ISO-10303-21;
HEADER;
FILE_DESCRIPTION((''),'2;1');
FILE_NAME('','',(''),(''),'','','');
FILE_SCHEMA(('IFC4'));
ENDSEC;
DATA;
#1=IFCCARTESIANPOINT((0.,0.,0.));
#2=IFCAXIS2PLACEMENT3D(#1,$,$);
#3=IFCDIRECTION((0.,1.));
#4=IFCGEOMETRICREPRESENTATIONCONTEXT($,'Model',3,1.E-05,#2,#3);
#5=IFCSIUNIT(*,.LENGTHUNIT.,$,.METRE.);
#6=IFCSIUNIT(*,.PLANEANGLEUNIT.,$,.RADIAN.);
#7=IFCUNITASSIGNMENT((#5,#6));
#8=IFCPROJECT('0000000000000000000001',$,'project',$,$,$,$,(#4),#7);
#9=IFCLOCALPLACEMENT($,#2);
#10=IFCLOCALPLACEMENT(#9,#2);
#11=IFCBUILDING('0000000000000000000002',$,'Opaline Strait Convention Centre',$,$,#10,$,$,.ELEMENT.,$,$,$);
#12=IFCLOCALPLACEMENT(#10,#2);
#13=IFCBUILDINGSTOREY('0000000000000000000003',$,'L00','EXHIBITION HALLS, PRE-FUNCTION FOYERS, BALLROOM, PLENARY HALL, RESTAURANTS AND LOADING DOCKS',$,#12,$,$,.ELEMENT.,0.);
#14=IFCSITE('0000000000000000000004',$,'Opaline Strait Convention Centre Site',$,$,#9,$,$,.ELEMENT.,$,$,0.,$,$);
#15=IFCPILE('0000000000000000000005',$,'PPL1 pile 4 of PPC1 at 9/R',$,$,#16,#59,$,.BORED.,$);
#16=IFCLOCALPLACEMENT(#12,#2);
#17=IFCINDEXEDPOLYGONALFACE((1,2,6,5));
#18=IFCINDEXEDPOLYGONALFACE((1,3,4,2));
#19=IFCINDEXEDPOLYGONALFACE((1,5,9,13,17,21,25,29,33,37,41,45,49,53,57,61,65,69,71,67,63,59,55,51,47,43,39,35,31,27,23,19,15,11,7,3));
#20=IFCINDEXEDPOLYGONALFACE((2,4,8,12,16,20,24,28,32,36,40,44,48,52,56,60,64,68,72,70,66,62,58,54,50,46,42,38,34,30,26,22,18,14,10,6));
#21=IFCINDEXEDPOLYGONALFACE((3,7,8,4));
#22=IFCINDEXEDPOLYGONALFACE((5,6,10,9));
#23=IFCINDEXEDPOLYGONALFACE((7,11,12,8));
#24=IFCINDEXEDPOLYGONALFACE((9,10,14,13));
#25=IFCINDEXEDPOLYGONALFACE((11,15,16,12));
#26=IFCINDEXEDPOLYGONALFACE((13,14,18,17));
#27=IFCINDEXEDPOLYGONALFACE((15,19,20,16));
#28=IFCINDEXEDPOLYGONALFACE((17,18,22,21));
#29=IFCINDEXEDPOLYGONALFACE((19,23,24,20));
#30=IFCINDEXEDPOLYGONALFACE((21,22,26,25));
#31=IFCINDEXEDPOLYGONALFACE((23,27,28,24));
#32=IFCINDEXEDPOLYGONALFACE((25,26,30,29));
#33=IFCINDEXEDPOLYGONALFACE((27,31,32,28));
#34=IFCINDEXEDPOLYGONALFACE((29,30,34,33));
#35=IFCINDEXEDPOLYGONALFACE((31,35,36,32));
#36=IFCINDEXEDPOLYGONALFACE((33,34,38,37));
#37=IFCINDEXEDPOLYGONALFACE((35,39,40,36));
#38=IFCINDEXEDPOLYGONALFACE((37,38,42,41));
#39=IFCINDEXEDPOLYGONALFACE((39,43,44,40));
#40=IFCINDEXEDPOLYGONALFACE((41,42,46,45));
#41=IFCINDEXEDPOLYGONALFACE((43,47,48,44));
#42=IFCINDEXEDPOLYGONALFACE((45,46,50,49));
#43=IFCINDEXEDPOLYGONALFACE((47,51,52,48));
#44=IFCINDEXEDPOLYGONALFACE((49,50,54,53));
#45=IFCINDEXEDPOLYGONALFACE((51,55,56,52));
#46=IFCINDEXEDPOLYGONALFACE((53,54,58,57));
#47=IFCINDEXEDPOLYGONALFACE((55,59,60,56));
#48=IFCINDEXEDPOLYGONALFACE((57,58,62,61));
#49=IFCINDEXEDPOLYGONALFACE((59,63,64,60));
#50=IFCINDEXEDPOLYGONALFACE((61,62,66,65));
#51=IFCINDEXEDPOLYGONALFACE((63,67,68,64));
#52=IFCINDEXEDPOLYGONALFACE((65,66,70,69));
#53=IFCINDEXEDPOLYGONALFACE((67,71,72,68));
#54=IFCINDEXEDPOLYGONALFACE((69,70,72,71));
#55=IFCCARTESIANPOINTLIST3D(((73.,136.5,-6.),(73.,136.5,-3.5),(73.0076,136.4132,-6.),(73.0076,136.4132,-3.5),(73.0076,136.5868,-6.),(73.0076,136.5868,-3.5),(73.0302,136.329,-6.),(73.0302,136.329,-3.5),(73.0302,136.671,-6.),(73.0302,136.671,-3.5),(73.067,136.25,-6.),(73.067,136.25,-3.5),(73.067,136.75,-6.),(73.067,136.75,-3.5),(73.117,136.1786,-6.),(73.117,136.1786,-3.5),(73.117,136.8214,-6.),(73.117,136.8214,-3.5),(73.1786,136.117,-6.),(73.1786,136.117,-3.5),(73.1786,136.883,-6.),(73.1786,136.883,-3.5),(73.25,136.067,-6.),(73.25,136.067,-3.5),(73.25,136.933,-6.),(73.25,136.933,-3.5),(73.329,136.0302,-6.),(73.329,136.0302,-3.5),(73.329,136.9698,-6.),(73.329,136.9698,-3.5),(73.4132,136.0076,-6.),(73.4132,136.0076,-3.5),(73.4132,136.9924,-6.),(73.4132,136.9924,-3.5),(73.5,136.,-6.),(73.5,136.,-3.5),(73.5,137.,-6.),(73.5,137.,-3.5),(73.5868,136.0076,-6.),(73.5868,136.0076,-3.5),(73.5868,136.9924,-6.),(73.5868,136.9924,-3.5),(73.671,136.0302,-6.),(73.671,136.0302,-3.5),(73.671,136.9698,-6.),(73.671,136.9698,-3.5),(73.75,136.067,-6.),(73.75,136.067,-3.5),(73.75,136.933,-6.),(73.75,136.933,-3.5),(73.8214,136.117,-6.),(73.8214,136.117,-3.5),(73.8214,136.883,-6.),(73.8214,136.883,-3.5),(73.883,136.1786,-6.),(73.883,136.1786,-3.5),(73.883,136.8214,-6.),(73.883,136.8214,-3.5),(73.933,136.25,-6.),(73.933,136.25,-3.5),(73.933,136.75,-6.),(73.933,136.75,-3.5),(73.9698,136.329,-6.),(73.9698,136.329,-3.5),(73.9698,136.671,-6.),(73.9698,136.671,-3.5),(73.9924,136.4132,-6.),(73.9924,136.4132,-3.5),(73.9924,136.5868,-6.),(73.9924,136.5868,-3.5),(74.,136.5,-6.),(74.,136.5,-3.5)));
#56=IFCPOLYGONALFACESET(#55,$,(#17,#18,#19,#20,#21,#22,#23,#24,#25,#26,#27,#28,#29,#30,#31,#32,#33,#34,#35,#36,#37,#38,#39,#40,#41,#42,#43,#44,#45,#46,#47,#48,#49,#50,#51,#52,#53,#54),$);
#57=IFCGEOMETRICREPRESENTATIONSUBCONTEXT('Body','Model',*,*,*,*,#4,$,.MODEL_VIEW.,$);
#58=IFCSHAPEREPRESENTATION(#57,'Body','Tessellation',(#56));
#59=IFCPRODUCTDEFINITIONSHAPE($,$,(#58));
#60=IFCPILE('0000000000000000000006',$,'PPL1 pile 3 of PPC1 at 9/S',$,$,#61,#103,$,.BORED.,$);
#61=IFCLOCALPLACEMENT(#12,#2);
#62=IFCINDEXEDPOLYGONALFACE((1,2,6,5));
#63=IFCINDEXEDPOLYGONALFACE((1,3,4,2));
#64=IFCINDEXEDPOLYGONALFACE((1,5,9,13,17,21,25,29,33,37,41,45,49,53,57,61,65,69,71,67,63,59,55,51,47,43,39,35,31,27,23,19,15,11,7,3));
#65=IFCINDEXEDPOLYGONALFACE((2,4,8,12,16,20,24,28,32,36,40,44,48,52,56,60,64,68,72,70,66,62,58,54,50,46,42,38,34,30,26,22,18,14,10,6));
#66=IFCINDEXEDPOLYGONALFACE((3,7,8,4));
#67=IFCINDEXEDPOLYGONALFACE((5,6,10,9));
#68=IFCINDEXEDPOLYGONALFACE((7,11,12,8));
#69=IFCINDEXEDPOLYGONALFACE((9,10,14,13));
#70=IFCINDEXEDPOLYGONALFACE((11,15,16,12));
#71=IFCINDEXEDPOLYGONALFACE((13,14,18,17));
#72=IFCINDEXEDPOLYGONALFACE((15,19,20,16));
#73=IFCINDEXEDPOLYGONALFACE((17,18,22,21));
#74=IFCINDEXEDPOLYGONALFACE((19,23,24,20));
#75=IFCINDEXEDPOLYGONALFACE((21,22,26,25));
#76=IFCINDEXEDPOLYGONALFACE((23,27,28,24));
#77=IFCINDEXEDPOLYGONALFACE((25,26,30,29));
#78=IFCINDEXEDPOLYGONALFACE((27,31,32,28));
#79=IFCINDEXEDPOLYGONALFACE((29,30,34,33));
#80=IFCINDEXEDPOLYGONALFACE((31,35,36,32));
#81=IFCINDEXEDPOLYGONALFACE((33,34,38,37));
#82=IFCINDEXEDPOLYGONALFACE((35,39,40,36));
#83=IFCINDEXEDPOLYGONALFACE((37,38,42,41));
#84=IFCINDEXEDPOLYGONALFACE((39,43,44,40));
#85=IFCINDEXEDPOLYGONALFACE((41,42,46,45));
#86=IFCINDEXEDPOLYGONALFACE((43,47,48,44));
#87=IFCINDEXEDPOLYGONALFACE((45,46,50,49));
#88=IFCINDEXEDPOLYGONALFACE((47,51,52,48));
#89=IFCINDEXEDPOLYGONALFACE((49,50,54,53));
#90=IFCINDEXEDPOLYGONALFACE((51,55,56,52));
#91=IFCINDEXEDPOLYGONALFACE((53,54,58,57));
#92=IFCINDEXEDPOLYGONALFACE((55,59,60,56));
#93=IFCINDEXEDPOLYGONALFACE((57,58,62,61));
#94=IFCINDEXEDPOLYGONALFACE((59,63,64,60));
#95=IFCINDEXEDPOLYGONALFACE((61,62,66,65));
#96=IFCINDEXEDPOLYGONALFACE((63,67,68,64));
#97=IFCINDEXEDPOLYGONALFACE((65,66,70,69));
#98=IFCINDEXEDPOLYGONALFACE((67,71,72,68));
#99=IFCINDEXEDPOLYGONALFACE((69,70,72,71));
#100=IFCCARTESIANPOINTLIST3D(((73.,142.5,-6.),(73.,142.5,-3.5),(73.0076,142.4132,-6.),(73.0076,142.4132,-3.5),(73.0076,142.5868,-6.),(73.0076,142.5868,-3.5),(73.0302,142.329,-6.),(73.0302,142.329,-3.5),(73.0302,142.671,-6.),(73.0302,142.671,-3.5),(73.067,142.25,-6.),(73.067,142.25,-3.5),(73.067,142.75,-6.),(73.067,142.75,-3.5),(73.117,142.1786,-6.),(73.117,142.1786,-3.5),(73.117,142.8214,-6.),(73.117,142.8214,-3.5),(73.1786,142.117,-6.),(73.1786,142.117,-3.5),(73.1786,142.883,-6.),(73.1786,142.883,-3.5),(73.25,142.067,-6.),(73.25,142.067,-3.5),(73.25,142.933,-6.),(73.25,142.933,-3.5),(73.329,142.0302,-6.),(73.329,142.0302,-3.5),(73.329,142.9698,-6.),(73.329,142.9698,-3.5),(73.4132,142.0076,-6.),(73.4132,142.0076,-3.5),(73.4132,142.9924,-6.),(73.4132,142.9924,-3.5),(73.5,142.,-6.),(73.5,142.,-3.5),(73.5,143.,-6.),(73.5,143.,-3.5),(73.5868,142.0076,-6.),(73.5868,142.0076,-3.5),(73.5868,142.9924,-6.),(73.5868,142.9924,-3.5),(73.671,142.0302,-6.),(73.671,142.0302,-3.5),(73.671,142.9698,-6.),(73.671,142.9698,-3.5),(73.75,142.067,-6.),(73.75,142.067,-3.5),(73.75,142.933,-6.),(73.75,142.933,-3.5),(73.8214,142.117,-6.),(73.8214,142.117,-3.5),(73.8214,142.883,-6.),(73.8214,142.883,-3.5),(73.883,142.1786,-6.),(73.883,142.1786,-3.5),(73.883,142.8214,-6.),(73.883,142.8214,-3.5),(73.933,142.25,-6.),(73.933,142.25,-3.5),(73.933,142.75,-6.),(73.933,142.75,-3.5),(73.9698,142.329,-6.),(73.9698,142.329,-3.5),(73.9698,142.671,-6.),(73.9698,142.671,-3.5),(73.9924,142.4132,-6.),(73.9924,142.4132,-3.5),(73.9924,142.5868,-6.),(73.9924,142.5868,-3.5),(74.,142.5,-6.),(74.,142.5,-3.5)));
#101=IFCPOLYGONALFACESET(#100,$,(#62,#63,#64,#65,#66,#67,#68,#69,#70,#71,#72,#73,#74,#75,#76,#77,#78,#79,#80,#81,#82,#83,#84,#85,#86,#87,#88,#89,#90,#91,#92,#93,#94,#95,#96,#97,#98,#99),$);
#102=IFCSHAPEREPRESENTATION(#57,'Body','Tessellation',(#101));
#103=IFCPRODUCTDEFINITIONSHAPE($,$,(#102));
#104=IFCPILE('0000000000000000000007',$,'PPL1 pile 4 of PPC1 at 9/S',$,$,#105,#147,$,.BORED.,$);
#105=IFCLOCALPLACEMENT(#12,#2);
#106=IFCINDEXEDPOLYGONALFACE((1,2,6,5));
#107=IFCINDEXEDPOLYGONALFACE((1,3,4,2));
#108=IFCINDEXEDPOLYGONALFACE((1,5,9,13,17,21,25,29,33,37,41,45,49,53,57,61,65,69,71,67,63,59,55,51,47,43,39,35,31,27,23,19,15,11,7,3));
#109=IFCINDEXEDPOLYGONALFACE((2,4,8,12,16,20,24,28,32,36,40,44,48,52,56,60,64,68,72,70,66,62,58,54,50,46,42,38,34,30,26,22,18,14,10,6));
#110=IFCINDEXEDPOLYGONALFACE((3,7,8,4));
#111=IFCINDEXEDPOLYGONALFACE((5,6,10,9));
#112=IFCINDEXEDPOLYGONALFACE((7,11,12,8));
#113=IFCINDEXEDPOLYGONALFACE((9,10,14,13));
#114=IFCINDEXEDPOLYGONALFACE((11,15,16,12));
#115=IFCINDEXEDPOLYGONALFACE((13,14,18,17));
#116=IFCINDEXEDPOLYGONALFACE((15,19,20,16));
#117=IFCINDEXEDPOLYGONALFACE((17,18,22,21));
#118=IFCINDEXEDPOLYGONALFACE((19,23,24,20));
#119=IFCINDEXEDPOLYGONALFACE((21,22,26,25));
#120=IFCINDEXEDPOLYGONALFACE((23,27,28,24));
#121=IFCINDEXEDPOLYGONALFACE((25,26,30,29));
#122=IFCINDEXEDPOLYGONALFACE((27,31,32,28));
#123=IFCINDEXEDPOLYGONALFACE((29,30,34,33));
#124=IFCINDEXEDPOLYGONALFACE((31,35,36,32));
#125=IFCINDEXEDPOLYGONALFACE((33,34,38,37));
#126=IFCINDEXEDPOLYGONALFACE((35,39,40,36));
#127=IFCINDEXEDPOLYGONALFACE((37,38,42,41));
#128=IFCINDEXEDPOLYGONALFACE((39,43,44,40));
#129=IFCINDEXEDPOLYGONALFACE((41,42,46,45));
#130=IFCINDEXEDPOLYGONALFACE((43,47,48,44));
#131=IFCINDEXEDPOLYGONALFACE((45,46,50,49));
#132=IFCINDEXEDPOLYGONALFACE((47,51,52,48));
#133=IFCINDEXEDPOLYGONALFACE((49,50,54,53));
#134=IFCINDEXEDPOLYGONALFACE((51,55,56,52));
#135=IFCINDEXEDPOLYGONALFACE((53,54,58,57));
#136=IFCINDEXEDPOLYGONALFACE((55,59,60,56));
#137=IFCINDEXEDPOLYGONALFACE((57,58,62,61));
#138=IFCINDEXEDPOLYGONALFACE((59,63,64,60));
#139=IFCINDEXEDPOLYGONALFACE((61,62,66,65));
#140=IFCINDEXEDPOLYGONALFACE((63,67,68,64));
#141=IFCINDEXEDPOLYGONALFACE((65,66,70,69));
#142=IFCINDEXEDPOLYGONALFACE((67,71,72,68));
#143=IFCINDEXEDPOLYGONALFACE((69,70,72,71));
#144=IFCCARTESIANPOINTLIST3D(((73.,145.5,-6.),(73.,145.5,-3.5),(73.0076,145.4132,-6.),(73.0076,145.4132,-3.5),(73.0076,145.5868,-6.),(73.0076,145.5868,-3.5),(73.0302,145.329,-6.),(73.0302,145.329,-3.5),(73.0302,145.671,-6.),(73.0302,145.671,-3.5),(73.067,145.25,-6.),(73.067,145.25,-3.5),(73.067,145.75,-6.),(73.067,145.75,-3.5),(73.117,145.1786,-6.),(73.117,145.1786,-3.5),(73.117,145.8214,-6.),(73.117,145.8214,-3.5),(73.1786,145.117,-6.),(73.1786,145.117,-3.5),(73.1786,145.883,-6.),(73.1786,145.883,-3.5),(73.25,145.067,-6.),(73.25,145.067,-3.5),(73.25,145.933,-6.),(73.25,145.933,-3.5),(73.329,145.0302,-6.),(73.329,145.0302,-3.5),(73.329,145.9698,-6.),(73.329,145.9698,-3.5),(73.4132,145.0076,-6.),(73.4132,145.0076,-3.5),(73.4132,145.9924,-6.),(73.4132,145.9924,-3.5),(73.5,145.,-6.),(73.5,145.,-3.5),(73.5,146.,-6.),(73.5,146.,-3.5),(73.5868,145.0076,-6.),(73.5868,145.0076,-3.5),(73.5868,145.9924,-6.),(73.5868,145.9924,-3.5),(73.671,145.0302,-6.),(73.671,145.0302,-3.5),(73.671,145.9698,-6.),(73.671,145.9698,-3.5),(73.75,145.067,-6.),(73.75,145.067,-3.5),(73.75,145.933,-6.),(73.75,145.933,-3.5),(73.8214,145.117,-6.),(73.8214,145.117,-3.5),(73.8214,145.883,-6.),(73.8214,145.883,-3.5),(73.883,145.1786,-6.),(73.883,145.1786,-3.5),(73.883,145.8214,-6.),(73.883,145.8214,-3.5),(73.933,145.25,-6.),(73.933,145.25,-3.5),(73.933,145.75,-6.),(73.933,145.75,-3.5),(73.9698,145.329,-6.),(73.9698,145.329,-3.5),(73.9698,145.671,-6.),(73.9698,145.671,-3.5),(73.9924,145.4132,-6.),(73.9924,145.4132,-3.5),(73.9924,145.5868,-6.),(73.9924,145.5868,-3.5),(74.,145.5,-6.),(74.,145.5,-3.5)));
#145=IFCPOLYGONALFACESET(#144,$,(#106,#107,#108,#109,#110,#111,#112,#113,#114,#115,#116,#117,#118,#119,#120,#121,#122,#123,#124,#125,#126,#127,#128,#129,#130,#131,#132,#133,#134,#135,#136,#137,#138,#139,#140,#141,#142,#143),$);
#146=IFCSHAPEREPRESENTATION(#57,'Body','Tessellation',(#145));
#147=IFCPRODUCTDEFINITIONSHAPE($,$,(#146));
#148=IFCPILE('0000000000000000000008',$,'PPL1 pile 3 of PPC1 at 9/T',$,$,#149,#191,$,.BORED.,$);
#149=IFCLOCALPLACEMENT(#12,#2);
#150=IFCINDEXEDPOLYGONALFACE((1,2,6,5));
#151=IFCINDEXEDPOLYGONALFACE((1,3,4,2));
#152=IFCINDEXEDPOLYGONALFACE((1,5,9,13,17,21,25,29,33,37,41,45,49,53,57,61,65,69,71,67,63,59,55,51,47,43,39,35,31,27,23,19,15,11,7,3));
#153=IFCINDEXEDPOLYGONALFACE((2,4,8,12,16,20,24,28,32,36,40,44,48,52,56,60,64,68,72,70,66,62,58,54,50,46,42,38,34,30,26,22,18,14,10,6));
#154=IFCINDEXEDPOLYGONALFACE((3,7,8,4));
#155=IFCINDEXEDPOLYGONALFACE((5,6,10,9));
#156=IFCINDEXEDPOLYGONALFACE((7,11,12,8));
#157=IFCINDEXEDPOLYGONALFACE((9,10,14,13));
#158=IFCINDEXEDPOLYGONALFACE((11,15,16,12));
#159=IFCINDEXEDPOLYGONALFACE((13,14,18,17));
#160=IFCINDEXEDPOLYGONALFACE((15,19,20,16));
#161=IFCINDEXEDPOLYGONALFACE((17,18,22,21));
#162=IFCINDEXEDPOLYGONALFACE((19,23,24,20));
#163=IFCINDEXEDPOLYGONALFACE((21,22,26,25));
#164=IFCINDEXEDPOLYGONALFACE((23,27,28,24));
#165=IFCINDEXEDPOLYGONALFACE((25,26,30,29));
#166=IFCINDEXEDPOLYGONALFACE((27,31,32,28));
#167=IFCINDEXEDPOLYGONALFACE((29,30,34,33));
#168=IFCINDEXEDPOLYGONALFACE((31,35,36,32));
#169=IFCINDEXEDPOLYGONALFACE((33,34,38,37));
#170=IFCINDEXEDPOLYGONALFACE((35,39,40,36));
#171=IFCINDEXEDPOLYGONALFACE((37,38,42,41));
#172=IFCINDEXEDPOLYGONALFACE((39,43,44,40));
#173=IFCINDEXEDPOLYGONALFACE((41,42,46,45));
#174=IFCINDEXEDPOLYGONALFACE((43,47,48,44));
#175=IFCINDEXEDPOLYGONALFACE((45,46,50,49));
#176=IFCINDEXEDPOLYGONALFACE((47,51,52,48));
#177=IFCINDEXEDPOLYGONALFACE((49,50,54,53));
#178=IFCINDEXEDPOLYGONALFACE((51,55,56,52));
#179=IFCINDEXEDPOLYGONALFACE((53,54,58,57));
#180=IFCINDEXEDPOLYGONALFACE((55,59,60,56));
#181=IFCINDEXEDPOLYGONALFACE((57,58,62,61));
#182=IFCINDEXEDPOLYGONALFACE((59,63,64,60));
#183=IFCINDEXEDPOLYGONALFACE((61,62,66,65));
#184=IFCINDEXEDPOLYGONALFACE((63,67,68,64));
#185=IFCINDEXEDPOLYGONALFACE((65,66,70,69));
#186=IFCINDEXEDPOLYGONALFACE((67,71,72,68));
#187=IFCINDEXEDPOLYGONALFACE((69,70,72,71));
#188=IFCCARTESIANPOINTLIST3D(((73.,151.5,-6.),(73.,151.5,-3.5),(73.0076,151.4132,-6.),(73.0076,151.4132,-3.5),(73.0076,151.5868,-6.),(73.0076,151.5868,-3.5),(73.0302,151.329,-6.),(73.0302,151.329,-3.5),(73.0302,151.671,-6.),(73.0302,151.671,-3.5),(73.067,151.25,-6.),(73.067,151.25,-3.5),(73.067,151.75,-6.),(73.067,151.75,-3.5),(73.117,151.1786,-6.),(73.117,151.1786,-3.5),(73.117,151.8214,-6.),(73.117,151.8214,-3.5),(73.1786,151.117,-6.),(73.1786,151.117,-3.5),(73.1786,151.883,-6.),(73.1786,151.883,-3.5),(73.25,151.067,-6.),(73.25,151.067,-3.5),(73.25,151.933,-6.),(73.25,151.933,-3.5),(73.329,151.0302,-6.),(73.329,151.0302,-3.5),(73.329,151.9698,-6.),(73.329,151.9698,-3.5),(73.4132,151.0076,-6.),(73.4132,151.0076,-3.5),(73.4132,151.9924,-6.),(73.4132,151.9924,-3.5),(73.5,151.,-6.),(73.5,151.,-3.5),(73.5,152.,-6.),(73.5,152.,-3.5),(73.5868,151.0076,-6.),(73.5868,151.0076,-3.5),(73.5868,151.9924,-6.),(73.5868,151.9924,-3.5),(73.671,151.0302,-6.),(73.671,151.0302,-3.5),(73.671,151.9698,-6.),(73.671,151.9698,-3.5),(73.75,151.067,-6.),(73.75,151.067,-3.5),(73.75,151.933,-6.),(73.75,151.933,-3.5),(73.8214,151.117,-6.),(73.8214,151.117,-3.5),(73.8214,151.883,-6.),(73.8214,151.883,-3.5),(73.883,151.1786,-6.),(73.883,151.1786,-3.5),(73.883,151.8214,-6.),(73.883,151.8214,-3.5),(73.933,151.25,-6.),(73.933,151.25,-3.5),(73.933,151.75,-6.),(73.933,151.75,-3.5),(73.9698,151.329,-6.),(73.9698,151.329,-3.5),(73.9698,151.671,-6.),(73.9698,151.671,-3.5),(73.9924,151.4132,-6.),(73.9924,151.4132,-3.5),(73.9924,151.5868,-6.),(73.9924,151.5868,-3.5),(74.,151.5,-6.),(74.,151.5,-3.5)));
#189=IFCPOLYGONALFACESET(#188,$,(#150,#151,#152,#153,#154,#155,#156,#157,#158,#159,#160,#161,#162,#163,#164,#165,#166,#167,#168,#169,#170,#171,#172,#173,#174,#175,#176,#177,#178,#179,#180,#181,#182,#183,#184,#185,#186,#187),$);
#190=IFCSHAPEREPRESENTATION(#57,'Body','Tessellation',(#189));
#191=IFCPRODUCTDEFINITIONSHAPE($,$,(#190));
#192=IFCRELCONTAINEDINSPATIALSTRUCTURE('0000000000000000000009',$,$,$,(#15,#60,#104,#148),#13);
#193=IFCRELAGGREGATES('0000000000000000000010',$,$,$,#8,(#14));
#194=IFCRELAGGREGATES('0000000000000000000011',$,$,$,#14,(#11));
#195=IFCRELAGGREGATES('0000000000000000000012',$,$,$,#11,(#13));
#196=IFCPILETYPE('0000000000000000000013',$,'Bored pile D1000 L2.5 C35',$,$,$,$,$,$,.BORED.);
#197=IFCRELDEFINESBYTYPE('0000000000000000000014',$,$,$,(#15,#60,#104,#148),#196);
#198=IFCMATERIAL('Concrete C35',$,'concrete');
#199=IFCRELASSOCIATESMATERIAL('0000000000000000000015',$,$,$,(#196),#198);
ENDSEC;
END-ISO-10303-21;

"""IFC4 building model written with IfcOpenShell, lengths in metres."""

from ifc_helpers import new_model, si_unit, direction, frame, origin, origin_2d, place, context, subcontext, project, spatial, circle, extrude, material, material_profile, profile_set, type_object, element, save


model = new_model("IFC4")

# Units and contexts
model_context = context("Model", 3, precision=1e-05, world=origin(), true_north=direction((0.0, 1.0)))
body_context = subcontext(model_context, "Body", "Model", "MODEL_VIEW")
ifc_project = project(units=[si_unit("LENGTHUNIT", "METRE"), si_unit("PLANEANGLEUNIT", "RADIAN")], contexts=[model_context])

# Site, building, storey
site_placement = place(None, origin())
site = spatial("IfcSite", under=ifc_project, at=site_placement, Name="Opaline Strait Convention Centre Site", CompositionType="ELEMENT", RefElevation=0.0)
building_placement = place(site_placement, origin())
building = spatial("IfcBuilding", under=site, at=building_placement, Name="Opaline Strait Convention Centre", CompositionType="ELEMENT")
storey_placement = place(building_placement, origin())
storey = spatial("IfcBuildingStorey", under=building, at=storey_placement, Name="L00", Description="EXHIBITION HALLS, PRE-FUNCTION FOYERS, BALLROOM, PLENARY HALL, RESTAURANTS AND LOADING DOCKS", CompositionType="ELEMENT", Elevation=0.0)

# Piles
ifc_material_1 = material(Name="Concrete C35", Category="concrete")
ifc_material_profile_1 = material_profile(ifc_material_1, circle(Radius=0.5, at=origin_2d()), Name="D1000")
ifc_profile_set_1 = profile_set([ifc_material_profile_1], Name="Concrete C35")
pile_type_1 = type_object("IfcPileType", Name="Bored pile D1000 L2.5 C35", PredefinedType="BORED", material=ifc_profile_set_1)
for number, where, z_axis, x_axis, name in (
    (1, (73.5, 136.5, -3.5), (0.0, 0.0, -1.0), (1.0, 0.0, 0.0), "PPL1 pile 4 of PPC1 at 9/R"),
    (2, (73.5, 142.5, -3.5), (0.0, 0.0, -1.0), (1.0, 0.0, 0.0), "PPL1 pile 3 of PPC1 at 9/S"),
    (3, (73.5, 145.5, -3.5), (0.0, 0.0, -1.0), (1.0, 0.0, 0.0), "PPL1 pile 4 of PPC1 at 9/S"),
    (4, (73.5, 151.5, -3.5), (0.0, 0.0, -1.0), (1.0, 0.0, 0.0), "PPL1 pile 3 of PPC1 at 9/T"),
):
    element("IfcPile", number, at=place(storey_placement, frame(where, z_axis=z_axis, x_axis=x_axis)), inside=storey, type_object=pile_type_1, Name=name, PredefinedType="BORED", context=body_context, shape_type="SweptSolid", body=[
        extrude(circle(Radius=0.5, at=origin_2d()), origin(), (0.0, 0.0, 1.0), 2.5),
    ])

save(model, "model.ifc")
